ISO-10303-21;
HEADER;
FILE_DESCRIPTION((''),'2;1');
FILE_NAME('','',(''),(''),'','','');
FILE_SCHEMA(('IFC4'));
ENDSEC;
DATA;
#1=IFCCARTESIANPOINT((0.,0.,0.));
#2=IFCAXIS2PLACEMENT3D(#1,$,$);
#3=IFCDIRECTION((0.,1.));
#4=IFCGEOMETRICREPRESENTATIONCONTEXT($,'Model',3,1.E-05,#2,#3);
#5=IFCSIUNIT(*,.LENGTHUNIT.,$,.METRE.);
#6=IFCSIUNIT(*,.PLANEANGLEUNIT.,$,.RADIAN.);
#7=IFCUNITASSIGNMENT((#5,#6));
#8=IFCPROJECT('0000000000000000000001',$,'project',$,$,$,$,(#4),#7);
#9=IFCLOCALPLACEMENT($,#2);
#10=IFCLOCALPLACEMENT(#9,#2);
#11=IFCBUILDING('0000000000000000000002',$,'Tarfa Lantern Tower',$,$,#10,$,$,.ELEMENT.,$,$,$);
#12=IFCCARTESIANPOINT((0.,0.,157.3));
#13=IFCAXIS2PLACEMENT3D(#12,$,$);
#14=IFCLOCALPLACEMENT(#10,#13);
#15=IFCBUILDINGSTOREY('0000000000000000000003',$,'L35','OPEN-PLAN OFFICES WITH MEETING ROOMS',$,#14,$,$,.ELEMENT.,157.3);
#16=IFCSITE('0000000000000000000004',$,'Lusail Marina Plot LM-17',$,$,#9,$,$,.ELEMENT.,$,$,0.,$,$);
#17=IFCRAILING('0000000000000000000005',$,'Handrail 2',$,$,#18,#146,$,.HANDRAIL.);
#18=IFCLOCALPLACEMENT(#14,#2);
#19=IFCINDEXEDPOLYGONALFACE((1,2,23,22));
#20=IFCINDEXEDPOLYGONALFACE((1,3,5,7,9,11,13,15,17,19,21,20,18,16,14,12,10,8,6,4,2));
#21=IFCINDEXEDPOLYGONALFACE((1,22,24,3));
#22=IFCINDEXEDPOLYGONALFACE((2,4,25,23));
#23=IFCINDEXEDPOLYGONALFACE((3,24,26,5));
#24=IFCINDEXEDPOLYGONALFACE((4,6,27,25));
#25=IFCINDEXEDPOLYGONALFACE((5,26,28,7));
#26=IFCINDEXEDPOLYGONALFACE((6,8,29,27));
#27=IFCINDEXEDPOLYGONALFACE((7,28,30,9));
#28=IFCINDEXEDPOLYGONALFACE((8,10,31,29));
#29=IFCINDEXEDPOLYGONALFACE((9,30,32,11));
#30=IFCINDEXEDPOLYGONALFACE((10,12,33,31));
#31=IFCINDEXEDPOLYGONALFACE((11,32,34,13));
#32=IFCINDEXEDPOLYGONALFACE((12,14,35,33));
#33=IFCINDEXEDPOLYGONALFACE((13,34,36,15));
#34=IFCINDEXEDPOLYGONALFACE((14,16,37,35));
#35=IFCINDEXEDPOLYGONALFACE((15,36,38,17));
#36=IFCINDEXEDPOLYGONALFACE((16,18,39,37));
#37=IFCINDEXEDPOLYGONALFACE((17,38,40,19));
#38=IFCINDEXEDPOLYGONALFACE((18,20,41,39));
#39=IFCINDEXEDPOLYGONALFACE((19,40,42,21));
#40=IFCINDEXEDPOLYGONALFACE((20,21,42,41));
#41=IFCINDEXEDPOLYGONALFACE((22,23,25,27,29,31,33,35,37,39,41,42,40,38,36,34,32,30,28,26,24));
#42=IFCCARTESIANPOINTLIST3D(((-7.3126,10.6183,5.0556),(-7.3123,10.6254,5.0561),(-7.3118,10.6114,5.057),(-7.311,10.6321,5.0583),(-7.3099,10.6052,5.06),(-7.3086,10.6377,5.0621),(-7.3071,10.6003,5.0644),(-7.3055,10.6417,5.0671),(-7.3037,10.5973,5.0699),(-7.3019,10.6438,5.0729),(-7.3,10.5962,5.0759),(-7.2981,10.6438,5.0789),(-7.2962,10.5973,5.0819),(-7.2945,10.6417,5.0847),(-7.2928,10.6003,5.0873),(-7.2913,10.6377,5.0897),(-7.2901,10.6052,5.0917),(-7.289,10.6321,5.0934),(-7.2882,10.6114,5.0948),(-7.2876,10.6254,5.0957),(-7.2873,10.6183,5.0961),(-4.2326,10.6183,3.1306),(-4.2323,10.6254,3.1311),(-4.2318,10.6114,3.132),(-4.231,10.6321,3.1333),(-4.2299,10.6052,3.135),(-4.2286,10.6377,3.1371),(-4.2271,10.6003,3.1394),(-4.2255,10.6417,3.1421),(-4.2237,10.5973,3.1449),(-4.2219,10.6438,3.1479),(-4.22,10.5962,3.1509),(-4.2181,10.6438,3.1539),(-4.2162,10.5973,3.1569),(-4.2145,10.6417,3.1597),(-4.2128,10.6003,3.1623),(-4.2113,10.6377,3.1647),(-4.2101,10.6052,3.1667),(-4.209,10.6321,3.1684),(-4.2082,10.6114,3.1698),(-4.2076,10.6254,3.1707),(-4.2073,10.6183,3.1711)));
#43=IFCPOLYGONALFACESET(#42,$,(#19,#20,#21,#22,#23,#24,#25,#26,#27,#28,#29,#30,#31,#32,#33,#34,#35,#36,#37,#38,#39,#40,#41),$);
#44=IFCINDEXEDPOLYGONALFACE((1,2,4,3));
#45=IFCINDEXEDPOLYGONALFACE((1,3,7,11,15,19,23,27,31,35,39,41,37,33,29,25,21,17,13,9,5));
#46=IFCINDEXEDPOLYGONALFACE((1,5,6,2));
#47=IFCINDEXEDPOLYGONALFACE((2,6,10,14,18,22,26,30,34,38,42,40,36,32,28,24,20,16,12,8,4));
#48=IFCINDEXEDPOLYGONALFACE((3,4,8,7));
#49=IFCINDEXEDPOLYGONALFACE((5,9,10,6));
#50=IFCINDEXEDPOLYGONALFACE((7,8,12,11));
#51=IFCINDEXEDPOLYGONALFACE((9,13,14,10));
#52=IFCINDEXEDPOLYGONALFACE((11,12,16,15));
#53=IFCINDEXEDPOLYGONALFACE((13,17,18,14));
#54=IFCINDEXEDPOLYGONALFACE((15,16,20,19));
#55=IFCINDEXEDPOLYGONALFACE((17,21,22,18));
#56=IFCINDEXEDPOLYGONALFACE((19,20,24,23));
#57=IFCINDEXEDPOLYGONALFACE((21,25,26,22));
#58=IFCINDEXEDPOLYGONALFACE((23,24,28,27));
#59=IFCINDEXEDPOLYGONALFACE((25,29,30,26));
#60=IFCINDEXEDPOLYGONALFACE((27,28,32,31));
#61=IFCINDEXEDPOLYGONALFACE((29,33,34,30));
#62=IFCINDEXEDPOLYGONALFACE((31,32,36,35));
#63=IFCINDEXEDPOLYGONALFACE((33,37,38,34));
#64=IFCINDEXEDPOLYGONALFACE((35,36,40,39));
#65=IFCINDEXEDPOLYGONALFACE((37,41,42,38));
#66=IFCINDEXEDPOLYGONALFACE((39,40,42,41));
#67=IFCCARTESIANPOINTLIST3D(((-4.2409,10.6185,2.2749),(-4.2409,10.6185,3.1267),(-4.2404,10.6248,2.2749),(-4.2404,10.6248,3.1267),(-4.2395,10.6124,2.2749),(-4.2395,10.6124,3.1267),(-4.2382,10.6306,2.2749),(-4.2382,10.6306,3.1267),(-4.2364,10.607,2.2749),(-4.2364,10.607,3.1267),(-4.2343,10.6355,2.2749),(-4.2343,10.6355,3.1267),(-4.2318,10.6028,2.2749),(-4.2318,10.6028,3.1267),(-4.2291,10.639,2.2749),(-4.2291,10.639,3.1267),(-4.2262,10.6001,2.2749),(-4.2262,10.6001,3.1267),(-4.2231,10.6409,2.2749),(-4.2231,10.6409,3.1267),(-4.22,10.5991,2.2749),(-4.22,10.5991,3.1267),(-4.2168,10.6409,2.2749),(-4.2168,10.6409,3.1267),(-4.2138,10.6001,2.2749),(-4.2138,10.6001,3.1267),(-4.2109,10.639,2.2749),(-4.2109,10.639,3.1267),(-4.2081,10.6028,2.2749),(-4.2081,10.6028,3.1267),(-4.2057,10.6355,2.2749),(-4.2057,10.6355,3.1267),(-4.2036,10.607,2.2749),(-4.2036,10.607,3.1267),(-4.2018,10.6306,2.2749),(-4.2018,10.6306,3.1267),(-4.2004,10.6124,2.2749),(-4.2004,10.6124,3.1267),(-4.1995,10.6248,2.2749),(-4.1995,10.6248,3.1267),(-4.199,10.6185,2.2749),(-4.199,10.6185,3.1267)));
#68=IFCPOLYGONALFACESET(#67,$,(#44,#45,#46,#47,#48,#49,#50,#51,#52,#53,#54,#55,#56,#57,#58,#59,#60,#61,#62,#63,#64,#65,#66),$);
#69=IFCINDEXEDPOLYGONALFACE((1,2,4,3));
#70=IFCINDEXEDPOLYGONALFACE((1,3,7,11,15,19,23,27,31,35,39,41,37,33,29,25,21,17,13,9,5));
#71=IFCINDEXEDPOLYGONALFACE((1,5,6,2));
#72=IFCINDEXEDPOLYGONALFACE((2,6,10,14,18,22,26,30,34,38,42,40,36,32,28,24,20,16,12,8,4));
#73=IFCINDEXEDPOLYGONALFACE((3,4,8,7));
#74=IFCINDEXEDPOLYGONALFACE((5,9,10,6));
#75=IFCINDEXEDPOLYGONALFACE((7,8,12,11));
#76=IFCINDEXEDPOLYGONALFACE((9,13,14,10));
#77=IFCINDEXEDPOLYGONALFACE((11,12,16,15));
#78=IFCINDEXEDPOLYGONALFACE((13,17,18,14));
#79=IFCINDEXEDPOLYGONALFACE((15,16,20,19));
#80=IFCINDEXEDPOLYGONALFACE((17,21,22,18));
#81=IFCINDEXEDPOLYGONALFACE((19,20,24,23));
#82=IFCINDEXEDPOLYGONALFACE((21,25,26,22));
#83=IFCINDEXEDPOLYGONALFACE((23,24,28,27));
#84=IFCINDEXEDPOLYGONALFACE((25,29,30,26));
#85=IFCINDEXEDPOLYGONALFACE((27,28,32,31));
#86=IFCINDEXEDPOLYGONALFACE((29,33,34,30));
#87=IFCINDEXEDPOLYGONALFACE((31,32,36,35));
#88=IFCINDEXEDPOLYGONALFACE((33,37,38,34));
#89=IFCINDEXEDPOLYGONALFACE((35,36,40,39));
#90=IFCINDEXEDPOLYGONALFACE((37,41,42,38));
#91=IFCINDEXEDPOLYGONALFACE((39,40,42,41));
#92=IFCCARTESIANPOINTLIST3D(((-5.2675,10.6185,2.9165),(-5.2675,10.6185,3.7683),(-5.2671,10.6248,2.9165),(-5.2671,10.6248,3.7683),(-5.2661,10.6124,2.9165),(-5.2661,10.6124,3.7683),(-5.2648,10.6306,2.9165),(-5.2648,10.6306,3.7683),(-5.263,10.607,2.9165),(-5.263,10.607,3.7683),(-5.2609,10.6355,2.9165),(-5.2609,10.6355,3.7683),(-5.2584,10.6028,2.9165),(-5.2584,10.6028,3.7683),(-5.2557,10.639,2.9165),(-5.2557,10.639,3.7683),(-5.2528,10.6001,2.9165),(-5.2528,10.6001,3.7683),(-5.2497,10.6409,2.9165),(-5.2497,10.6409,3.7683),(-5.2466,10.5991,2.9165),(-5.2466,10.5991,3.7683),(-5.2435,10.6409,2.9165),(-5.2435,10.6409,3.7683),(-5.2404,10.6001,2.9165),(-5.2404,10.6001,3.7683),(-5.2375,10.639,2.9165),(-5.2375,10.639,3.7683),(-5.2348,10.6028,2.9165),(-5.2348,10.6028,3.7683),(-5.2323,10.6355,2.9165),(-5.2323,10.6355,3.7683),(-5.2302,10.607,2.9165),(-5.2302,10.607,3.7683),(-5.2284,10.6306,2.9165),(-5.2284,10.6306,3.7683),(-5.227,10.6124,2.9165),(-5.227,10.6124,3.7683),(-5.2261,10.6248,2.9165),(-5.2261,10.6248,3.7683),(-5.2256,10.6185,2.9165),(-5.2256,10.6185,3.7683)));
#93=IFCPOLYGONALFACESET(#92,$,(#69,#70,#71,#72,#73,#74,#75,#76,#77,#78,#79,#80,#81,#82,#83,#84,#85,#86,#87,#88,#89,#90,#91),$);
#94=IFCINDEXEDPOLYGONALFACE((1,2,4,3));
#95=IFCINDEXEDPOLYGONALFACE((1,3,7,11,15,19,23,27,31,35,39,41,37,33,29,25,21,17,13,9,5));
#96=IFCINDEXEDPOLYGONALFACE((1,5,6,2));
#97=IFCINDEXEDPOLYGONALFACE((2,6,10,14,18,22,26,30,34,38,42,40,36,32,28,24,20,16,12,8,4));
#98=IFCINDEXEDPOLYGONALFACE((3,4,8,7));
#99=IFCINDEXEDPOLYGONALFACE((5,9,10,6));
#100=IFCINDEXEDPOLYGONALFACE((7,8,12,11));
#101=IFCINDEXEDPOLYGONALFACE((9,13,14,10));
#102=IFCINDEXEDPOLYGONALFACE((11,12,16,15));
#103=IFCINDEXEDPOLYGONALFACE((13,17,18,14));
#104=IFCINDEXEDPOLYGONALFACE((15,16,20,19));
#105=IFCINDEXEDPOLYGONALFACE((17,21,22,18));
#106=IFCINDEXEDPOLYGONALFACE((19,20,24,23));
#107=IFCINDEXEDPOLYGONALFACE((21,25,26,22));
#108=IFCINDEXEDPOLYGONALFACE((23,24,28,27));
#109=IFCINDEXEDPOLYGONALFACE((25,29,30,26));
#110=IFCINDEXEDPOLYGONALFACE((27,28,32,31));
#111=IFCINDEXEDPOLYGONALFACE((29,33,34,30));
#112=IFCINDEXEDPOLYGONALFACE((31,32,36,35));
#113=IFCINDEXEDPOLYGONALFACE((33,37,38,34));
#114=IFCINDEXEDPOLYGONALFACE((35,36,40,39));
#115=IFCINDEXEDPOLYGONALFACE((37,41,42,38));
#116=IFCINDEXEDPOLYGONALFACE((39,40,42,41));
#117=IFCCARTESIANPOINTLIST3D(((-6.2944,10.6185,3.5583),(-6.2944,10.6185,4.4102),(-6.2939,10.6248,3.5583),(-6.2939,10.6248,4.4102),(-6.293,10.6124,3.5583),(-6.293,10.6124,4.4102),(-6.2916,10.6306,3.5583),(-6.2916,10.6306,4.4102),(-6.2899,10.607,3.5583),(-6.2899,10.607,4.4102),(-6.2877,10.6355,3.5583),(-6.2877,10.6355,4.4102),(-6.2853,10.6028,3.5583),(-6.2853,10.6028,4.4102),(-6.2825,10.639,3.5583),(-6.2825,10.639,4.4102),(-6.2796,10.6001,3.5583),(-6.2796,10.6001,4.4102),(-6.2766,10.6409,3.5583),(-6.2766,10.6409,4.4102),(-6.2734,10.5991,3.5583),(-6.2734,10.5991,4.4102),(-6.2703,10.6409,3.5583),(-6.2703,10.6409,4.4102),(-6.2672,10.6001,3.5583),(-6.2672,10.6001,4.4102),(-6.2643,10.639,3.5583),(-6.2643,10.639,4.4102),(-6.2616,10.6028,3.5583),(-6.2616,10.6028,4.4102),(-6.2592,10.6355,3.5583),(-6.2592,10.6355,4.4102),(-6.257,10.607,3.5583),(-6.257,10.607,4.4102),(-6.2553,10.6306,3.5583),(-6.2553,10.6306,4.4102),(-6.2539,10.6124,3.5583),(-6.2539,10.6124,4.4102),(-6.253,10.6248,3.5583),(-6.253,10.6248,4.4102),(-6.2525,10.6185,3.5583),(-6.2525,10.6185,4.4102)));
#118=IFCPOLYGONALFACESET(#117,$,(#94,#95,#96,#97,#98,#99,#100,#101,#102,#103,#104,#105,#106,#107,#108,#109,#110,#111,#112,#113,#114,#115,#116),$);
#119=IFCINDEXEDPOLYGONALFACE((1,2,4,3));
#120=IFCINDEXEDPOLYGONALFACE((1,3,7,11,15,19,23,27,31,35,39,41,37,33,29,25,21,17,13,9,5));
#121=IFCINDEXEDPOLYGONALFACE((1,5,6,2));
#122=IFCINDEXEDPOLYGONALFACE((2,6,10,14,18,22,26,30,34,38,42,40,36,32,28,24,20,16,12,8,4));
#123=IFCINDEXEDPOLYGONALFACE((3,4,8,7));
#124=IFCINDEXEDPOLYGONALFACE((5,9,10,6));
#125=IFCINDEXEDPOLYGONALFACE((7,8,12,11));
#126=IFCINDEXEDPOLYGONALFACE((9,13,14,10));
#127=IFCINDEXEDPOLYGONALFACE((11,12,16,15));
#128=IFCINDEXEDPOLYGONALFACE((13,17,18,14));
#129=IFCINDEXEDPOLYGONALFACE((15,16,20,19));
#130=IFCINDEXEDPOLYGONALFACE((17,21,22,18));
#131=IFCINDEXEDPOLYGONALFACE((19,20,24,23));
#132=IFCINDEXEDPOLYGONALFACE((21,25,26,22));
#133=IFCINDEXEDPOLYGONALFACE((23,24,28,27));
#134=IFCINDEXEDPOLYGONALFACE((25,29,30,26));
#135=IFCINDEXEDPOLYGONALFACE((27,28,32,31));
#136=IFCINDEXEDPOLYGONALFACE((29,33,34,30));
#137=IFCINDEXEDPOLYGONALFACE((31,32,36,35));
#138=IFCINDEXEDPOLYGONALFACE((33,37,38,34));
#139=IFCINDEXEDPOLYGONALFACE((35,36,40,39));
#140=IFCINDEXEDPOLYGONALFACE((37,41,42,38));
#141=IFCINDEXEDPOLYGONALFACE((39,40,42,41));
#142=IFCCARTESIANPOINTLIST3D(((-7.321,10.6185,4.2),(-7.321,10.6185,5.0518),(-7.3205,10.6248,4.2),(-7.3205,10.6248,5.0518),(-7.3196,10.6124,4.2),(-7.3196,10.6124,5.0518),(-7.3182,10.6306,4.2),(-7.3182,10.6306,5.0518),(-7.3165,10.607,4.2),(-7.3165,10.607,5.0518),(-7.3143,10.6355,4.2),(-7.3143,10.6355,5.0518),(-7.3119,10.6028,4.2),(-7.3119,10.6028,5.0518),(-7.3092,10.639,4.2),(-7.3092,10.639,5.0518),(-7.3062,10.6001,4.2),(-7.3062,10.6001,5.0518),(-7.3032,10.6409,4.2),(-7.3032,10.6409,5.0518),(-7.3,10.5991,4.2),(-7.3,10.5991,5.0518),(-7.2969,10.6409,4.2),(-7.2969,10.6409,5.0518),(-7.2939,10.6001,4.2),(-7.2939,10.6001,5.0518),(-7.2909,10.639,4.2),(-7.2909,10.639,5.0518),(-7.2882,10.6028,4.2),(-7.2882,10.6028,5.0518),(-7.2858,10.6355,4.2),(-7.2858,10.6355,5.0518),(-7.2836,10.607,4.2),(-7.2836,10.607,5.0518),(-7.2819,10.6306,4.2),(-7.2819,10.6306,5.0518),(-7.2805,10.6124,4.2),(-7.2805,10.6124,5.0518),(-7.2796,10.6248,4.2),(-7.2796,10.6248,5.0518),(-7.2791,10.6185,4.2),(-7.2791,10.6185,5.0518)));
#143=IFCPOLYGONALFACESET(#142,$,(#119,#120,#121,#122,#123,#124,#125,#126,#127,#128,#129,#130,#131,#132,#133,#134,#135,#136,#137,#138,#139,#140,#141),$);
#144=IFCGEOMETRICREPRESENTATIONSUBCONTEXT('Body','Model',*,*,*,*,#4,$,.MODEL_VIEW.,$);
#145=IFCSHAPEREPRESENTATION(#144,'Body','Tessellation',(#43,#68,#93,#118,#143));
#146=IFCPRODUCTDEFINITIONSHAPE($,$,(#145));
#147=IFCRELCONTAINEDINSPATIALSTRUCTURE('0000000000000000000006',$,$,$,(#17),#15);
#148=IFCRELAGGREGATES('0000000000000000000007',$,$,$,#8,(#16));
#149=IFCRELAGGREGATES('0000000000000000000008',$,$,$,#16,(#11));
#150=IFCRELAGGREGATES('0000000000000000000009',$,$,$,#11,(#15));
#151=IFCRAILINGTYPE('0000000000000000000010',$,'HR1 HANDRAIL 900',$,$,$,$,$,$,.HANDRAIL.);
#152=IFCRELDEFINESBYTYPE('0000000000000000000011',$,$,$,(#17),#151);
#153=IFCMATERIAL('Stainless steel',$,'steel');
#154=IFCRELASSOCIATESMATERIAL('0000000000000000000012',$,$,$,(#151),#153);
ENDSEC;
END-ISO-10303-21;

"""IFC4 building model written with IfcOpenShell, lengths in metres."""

from ifc_helpers import new_model, si_unit, direction, frame, origin, origin_2d, place, context, subcontext, project, spatial, circle, extrude, material, type_object, element, save


model = new_model("IFC4")

# Units and contexts
model_context = context("Model", 3, precision=1e-05, world=origin(), true_north=direction((0.0, 1.0)))
body_context = subcontext(model_context, "Body", "Model", "MODEL_VIEW")
ifc_project = project(units=[si_unit("LENGTHUNIT", "METRE"), si_unit("PLANEANGLEUNIT", "RADIAN")], contexts=[model_context])

# Site, building, storey
site_placement = place(None, origin())
site = spatial("IfcSite", under=ifc_project, at=site_placement, Name="Lusail Marina Plot LM-17", CompositionType="ELEMENT", RefElevation=0.0)
building_placement = place(site_placement, origin())
building = spatial("IfcBuilding", under=site, at=building_placement, Name="Tarfa Lantern Tower", CompositionType="ELEMENT")
storey_placement = place(building_placement, frame((0.0, 0.0, 157.3)))
storey = spatial("IfcBuildingStorey", under=building, at=storey_placement, Name="L35", Description="OPEN-PLAN OFFICES WITH MEETING ROOMS", CompositionType="ELEMENT", Elevation=157.3)

# Railing
ifc_material_1 = material(Name="Stainless steel", Category="steel")
railing_type = type_object("IfcRailingType", Name="HR1 HANDRAIL 900", PredefinedType="HANDRAIL", material=ifc_material_1)
railing_1_placement = place(storey_placement, frame((-4.22, 10.6201, 2.2749)))
element("IfcRailing", 1, at=railing_1_placement, inside=storey, type_object=railing_type, Name="Handrail 2", PredefinedType="HANDRAIL", context=body_context, shape_type="SweptSolid", body=[
    extrude(circle(Radius=0.0239, at=origin_2d()), frame((0.0, 0.0, 0.876), z_axis=(-0.847998, 0.0, 0.529999), x_axis=(0.0, -1.0, 0.0)), (0.0, 0.0, 1.0), 3.6321),
    extrude(circle(Radius=0.021, at=origin_2d()), frame((0.0, 0.0, 0.0), z_axis=(0.0, 0.0, 1.0), x_axis=(0.0, -1.0, 0.0)), (0.0, 0.0, 1.0), 0.8518),
    extrude(circle(Radius=0.021, at=origin_2d()), frame((-1.0266, 0.0, 0.6416), z_axis=(0.0, 0.0, 1.0), x_axis=(0.0, -1.0, 0.0)), (0.0, 0.0, 1.0), 0.8518),
    extrude(circle(Radius=0.021, at=origin_2d()), frame((-2.0535, 0.0, 1.2834), z_axis=(0.0, 0.0, 1.0), x_axis=(0.0, -1.0, 0.0)), (0.0, 0.0, 1.0), 0.8518),
    extrude(circle(Radius=0.021, at=origin_2d()), frame((-3.0801, 0.0, 1.925), z_axis=(0.0, 0.0, 1.0), x_axis=(0.0, -1.0, 0.0)), (0.0, 0.0, 1.0), 0.8518),
])

save(model, "model.ifc")
